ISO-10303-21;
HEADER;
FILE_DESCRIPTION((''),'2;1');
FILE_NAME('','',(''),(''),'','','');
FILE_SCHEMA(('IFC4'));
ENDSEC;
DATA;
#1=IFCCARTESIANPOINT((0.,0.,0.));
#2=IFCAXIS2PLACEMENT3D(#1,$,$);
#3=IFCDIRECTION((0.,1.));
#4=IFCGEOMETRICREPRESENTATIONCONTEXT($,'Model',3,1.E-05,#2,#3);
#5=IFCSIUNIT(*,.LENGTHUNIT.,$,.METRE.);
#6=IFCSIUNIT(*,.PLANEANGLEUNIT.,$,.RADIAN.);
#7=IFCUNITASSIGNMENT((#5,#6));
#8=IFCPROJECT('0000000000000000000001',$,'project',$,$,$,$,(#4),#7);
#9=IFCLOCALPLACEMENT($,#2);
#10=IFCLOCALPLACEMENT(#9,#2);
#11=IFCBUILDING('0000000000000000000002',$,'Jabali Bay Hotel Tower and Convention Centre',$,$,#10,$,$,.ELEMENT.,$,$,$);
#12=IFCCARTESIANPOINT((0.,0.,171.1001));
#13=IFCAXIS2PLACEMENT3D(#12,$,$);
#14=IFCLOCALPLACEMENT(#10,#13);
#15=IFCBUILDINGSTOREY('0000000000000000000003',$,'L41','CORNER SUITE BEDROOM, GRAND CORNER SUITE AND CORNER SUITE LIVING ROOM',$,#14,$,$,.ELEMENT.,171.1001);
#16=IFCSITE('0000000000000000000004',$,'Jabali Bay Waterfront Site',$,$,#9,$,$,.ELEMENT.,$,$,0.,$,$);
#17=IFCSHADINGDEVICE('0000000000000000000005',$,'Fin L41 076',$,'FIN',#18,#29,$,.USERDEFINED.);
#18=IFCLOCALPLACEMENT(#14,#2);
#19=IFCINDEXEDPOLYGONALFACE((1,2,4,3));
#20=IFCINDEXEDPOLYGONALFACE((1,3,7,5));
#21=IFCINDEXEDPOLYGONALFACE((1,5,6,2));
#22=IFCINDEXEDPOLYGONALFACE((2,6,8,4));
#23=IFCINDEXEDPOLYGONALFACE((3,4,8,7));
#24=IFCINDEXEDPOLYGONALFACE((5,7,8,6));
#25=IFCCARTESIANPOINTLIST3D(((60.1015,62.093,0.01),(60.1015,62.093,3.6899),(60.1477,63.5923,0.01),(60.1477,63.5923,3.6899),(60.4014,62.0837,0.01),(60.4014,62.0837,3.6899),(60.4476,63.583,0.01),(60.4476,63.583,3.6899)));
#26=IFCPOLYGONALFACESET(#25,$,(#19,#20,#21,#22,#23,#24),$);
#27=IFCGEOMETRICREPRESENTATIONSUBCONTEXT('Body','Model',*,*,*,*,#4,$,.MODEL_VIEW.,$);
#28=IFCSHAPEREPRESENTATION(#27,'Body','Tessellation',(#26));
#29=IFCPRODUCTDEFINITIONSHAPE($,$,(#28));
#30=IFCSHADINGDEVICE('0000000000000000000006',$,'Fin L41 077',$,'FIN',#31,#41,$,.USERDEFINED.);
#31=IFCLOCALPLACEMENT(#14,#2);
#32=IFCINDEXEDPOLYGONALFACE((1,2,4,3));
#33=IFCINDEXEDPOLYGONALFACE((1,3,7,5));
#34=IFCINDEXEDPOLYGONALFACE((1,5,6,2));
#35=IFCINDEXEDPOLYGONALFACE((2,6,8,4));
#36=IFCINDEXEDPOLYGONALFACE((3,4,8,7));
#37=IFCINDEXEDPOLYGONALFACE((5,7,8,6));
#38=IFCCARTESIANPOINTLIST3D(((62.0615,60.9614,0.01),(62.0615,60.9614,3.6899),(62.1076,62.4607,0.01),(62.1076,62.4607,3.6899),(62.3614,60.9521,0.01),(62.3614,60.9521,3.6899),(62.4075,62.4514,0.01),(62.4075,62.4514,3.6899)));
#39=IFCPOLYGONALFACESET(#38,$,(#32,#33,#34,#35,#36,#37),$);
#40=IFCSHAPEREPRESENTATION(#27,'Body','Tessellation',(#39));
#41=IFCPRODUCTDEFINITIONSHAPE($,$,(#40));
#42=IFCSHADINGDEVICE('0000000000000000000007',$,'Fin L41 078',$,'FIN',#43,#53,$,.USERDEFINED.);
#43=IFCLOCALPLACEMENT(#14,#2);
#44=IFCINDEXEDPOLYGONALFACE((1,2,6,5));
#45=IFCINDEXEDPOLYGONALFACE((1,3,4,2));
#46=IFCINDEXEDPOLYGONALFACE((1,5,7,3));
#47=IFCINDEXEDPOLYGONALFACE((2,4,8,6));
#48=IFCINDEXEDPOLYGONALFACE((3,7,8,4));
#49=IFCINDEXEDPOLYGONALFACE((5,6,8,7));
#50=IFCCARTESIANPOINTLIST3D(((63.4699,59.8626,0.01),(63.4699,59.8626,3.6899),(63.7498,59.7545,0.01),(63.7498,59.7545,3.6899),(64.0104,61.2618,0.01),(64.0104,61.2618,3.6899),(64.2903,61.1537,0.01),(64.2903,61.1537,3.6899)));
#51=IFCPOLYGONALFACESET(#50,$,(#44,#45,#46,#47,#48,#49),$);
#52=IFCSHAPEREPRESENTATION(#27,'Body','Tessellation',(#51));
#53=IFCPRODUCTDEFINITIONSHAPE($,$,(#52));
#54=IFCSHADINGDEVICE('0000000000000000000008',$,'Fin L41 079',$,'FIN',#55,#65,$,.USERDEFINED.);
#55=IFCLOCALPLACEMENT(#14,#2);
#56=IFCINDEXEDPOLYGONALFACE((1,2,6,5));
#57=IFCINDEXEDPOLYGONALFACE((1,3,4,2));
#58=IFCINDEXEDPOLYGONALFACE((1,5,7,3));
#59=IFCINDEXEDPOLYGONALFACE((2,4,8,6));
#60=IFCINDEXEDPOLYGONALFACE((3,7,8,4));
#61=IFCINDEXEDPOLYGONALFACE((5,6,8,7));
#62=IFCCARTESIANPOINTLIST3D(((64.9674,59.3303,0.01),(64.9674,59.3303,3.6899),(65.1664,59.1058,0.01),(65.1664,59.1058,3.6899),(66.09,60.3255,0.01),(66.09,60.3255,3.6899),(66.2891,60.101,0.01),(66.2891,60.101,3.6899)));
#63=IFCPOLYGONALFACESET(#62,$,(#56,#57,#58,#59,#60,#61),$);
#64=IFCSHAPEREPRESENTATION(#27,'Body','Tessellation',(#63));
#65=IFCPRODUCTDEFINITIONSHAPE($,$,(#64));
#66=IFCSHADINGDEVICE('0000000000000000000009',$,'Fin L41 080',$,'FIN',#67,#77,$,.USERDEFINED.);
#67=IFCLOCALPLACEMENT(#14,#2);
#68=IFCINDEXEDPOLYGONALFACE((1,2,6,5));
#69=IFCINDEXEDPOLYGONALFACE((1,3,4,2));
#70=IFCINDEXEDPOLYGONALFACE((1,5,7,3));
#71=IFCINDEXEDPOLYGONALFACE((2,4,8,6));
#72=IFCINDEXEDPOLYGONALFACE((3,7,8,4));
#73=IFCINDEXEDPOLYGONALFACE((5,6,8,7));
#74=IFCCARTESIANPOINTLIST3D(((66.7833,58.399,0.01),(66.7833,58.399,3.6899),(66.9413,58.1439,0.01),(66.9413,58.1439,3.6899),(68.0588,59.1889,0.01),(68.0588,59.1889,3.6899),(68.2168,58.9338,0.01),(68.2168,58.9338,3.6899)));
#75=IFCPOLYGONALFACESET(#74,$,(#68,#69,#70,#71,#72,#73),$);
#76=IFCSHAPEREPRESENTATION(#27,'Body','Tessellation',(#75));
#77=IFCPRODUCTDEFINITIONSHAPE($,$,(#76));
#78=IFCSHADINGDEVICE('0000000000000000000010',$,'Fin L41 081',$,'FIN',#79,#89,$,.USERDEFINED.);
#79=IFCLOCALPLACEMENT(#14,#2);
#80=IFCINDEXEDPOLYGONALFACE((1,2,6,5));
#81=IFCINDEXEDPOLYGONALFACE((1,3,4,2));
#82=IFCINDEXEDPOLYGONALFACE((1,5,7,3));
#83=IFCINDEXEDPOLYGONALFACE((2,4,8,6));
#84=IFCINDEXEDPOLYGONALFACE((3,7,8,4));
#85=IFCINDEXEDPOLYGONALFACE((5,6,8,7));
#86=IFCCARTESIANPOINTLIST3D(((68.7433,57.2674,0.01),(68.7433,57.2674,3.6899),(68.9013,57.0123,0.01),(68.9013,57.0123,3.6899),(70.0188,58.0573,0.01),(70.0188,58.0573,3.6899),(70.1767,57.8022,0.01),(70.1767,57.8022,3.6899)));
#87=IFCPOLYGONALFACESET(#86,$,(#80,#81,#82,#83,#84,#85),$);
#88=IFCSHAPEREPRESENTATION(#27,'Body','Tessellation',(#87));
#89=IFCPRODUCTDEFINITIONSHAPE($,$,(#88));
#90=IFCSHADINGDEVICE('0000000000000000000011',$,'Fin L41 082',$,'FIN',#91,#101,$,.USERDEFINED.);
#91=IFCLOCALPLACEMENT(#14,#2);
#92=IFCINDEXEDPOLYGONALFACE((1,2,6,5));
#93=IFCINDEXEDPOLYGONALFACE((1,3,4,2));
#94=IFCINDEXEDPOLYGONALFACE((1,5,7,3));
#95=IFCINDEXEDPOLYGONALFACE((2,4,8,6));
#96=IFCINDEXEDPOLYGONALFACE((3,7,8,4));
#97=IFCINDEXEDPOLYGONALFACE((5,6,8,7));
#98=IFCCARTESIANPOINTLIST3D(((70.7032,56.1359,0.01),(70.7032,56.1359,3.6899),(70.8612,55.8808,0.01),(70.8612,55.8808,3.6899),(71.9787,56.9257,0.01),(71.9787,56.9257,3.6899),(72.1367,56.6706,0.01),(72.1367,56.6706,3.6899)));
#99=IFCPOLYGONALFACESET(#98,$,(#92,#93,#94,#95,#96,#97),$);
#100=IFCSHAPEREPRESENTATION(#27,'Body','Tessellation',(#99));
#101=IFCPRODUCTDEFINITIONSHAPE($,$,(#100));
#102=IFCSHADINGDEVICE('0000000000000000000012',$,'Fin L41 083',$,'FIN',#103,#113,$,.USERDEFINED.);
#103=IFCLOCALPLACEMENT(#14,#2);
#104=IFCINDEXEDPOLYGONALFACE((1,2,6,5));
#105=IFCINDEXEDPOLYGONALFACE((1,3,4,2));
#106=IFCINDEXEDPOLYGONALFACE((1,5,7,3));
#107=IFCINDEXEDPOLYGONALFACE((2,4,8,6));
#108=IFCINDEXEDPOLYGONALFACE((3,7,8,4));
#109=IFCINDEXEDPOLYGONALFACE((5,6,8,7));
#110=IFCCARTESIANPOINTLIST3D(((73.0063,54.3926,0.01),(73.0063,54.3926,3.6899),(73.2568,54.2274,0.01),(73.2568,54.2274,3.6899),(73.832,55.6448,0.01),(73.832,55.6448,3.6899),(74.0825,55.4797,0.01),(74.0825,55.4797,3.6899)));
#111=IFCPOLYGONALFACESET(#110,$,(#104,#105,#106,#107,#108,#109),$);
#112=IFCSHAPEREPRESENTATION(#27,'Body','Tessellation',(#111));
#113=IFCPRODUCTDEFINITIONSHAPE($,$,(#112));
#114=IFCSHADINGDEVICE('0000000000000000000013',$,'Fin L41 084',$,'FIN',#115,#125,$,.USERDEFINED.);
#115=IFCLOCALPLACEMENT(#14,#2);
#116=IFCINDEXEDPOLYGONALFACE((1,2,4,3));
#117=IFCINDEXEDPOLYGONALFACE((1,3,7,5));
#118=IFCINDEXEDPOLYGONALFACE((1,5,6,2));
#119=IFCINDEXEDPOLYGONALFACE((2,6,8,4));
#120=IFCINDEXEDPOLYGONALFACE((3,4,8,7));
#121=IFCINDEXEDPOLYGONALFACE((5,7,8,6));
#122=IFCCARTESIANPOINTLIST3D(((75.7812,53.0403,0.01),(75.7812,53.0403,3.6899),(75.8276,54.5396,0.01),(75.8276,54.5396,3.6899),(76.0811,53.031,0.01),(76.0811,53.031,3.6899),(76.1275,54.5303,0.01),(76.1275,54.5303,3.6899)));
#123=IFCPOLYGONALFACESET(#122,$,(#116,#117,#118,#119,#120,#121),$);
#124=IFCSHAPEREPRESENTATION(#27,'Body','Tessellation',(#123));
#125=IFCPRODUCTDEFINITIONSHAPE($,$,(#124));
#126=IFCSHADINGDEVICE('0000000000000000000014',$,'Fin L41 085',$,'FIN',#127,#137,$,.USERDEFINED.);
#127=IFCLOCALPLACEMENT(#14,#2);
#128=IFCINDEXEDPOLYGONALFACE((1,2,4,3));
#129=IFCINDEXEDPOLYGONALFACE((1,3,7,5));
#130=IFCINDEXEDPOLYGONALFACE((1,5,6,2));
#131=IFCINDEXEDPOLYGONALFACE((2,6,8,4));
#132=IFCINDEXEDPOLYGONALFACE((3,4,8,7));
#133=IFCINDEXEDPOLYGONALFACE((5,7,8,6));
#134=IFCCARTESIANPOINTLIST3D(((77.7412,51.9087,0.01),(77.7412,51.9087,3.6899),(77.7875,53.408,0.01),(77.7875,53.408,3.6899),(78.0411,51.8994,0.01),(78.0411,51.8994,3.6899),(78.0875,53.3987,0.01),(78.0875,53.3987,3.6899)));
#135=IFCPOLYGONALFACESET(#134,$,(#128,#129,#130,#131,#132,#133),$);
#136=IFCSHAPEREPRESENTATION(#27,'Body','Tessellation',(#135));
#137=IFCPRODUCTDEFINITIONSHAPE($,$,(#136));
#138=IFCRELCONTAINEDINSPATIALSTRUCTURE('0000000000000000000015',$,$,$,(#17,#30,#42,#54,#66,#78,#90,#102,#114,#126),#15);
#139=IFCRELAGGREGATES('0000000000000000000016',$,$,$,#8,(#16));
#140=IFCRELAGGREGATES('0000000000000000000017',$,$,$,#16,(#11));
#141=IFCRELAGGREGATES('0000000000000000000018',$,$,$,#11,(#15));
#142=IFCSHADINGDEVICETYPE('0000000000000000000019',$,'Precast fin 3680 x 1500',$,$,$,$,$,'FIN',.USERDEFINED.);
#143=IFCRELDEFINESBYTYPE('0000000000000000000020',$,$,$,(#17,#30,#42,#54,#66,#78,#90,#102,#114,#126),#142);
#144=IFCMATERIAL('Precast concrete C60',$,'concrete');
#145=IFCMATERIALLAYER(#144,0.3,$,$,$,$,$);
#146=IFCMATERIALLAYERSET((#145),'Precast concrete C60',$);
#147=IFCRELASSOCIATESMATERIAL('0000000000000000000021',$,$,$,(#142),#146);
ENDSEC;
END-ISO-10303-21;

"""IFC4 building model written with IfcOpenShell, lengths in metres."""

from ifc_helpers import new_model, si_unit, direction, frame, frame_2d, origin, place, context, subcontext, project, spatial, rectangle, extrude, material, layer, layer_set, type_object, element, save


model = new_model("IFC4")

# Units and contexts
model_context = context("Model", 3, precision=1e-05, world=origin(), true_north=direction((0.0, 1.0)))
body_context = subcontext(model_context, "Body", "Model", "MODEL_VIEW")
ifc_project = project(units=[si_unit("LENGTHUNIT", "METRE"), si_unit("PLANEANGLEUNIT", "RADIAN")], contexts=[model_context])

# Site, building, storey
site_placement = place(None, origin())
site = spatial("IfcSite", under=ifc_project, at=site_placement, Name="Jabali Bay Waterfront Site", CompositionType="ELEMENT", RefElevation=0.0)
building_placement = place(site_placement, origin())
building = spatial("IfcBuilding", under=site, at=building_placement, Name="Jabali Bay Hotel Tower and Convention Centre", CompositionType="ELEMENT")
storey_placement = place(building_placement, frame((0.0, 0.0, 171.1001)))
storey = spatial("IfcBuildingStorey", under=building, at=storey_placement, Name="L41", Description="CORNER SUITE BEDROOM, GRAND CORNER SUITE AND CORNER SUITE LIVING ROOM", CompositionType="ELEMENT", Elevation=171.1001)

# Shading devices
ifc_material_1 = material(Name="Precast concrete C60", Category="concrete")
ifc_layer_1 = layer(ifc_material_1, 0.3)
ifc_layer_set_1 = layer_set([ifc_layer_1], Name="Precast concrete C60")
shading_device_type = type_object("IfcShadingDeviceType", Name="Precast fin 3680 x 1500", ElementType="FIN", PredefinedType="USERDEFINED", material=ifc_layer_set_1)
for number, where, z_axis, x_axis, name in (
    (1, (60.2976, 63.5876, 0.01), (0.0, 0.0, 1.0), (-0.030762, -0.999527, 0.0), "Fin L41 076"),
    (2, (62.2576, 62.4561, 0.01), (0.0, 0.0, 1.0), (-0.030762, -0.999527, 0.0), "Fin L41 077"),
    (3, (64.1504, 61.2078, 0.01), (0.0, 0.0, 1.0), (-0.360364, -0.932812, 0.0), "Fin L41 078"),
):
    element("IfcShadingDevice", number, at=place(storey_placement, frame(where, z_axis=z_axis, x_axis=x_axis)), inside=storey, type_object=shading_device_type, Name=name, ObjectType="FIN", PredefinedType="USERDEFINED", context=body_context, shape_type="SweptSolid", body=[
        extrude(rectangle(XDim=1.5, YDim=0.3, at=frame_2d((0.75, 0.0))), origin(), (0.0, 0.0, 1.0), 3.6799),
    ])
for number, where, z_axis, x_axis, name in (
    (4, (66.1895, 60.2131, 0.01), (0.0, 0.0, 1.0), (-0.748307, -0.663353, 0.0), "Fin L41 079"),
    (5, (68.1377, 59.0613, 0.01), (0.0, 0.0, 1.0), (-0.850185, -0.526483, 0.0), "Fin L41 080"),
    (6, (70.0977, 57.9297, 0.01), (0.0, 0.0, 1.0), (-0.850185, -0.526483, 0.0), "Fin L41 081"),
    (7, (72.0576, 56.7981, 0.01), (0.0, 0.0, 1.0), (-0.850185, -0.526483, 0.0), "Fin L41 082"),
):
    element("IfcShadingDevice", number, at=place(storey_placement, frame(where, z_axis=z_axis, x_axis=x_axis)), inside=storey, type_object=shading_device_type, Name=name, ObjectType="FIN", PredefinedType="USERDEFINED", context=body_context, shape_type="SweptSolid", body=[
        extrude(rectangle(XDim=1.5002, YDim=0.3, at=frame_2d((0.75, 0.0))), origin(), (0.0, 0.0, 1.0), 3.6799),
    ])
for number, where, z_axis, x_axis, name in (
    (8, (73.9573, 55.5623, 0.01), (0.0, 0.0, 1.0), (-0.550486, -0.834844, 0.0), "Fin L41 083"),
    (9, (75.9775, 54.5349, 0.01), (0.0, 0.0, 1.0), (-0.030925, -0.999522, 0.0), "Fin L41 084"),
    (10, (77.9375, 53.4033, 0.01), (0.0, 0.0, 1.0), (-0.030925, -0.999522, 0.0), "Fin L41 085"),
):
    element("IfcShadingDevice", number, at=place(storey_placement, frame(where, z_axis=z_axis, x_axis=x_axis)), inside=storey, type_object=shading_device_type, Name=name, ObjectType="FIN", PredefinedType="USERDEFINED", context=body_context, shape_type="SweptSolid", body=[
        extrude(rectangle(XDim=1.5, YDim=0.3, at=frame_2d((0.75, 0.0))), origin(), (0.0, 0.0, 1.0), 3.6799),
    ])

save(model, "model.ifc")
